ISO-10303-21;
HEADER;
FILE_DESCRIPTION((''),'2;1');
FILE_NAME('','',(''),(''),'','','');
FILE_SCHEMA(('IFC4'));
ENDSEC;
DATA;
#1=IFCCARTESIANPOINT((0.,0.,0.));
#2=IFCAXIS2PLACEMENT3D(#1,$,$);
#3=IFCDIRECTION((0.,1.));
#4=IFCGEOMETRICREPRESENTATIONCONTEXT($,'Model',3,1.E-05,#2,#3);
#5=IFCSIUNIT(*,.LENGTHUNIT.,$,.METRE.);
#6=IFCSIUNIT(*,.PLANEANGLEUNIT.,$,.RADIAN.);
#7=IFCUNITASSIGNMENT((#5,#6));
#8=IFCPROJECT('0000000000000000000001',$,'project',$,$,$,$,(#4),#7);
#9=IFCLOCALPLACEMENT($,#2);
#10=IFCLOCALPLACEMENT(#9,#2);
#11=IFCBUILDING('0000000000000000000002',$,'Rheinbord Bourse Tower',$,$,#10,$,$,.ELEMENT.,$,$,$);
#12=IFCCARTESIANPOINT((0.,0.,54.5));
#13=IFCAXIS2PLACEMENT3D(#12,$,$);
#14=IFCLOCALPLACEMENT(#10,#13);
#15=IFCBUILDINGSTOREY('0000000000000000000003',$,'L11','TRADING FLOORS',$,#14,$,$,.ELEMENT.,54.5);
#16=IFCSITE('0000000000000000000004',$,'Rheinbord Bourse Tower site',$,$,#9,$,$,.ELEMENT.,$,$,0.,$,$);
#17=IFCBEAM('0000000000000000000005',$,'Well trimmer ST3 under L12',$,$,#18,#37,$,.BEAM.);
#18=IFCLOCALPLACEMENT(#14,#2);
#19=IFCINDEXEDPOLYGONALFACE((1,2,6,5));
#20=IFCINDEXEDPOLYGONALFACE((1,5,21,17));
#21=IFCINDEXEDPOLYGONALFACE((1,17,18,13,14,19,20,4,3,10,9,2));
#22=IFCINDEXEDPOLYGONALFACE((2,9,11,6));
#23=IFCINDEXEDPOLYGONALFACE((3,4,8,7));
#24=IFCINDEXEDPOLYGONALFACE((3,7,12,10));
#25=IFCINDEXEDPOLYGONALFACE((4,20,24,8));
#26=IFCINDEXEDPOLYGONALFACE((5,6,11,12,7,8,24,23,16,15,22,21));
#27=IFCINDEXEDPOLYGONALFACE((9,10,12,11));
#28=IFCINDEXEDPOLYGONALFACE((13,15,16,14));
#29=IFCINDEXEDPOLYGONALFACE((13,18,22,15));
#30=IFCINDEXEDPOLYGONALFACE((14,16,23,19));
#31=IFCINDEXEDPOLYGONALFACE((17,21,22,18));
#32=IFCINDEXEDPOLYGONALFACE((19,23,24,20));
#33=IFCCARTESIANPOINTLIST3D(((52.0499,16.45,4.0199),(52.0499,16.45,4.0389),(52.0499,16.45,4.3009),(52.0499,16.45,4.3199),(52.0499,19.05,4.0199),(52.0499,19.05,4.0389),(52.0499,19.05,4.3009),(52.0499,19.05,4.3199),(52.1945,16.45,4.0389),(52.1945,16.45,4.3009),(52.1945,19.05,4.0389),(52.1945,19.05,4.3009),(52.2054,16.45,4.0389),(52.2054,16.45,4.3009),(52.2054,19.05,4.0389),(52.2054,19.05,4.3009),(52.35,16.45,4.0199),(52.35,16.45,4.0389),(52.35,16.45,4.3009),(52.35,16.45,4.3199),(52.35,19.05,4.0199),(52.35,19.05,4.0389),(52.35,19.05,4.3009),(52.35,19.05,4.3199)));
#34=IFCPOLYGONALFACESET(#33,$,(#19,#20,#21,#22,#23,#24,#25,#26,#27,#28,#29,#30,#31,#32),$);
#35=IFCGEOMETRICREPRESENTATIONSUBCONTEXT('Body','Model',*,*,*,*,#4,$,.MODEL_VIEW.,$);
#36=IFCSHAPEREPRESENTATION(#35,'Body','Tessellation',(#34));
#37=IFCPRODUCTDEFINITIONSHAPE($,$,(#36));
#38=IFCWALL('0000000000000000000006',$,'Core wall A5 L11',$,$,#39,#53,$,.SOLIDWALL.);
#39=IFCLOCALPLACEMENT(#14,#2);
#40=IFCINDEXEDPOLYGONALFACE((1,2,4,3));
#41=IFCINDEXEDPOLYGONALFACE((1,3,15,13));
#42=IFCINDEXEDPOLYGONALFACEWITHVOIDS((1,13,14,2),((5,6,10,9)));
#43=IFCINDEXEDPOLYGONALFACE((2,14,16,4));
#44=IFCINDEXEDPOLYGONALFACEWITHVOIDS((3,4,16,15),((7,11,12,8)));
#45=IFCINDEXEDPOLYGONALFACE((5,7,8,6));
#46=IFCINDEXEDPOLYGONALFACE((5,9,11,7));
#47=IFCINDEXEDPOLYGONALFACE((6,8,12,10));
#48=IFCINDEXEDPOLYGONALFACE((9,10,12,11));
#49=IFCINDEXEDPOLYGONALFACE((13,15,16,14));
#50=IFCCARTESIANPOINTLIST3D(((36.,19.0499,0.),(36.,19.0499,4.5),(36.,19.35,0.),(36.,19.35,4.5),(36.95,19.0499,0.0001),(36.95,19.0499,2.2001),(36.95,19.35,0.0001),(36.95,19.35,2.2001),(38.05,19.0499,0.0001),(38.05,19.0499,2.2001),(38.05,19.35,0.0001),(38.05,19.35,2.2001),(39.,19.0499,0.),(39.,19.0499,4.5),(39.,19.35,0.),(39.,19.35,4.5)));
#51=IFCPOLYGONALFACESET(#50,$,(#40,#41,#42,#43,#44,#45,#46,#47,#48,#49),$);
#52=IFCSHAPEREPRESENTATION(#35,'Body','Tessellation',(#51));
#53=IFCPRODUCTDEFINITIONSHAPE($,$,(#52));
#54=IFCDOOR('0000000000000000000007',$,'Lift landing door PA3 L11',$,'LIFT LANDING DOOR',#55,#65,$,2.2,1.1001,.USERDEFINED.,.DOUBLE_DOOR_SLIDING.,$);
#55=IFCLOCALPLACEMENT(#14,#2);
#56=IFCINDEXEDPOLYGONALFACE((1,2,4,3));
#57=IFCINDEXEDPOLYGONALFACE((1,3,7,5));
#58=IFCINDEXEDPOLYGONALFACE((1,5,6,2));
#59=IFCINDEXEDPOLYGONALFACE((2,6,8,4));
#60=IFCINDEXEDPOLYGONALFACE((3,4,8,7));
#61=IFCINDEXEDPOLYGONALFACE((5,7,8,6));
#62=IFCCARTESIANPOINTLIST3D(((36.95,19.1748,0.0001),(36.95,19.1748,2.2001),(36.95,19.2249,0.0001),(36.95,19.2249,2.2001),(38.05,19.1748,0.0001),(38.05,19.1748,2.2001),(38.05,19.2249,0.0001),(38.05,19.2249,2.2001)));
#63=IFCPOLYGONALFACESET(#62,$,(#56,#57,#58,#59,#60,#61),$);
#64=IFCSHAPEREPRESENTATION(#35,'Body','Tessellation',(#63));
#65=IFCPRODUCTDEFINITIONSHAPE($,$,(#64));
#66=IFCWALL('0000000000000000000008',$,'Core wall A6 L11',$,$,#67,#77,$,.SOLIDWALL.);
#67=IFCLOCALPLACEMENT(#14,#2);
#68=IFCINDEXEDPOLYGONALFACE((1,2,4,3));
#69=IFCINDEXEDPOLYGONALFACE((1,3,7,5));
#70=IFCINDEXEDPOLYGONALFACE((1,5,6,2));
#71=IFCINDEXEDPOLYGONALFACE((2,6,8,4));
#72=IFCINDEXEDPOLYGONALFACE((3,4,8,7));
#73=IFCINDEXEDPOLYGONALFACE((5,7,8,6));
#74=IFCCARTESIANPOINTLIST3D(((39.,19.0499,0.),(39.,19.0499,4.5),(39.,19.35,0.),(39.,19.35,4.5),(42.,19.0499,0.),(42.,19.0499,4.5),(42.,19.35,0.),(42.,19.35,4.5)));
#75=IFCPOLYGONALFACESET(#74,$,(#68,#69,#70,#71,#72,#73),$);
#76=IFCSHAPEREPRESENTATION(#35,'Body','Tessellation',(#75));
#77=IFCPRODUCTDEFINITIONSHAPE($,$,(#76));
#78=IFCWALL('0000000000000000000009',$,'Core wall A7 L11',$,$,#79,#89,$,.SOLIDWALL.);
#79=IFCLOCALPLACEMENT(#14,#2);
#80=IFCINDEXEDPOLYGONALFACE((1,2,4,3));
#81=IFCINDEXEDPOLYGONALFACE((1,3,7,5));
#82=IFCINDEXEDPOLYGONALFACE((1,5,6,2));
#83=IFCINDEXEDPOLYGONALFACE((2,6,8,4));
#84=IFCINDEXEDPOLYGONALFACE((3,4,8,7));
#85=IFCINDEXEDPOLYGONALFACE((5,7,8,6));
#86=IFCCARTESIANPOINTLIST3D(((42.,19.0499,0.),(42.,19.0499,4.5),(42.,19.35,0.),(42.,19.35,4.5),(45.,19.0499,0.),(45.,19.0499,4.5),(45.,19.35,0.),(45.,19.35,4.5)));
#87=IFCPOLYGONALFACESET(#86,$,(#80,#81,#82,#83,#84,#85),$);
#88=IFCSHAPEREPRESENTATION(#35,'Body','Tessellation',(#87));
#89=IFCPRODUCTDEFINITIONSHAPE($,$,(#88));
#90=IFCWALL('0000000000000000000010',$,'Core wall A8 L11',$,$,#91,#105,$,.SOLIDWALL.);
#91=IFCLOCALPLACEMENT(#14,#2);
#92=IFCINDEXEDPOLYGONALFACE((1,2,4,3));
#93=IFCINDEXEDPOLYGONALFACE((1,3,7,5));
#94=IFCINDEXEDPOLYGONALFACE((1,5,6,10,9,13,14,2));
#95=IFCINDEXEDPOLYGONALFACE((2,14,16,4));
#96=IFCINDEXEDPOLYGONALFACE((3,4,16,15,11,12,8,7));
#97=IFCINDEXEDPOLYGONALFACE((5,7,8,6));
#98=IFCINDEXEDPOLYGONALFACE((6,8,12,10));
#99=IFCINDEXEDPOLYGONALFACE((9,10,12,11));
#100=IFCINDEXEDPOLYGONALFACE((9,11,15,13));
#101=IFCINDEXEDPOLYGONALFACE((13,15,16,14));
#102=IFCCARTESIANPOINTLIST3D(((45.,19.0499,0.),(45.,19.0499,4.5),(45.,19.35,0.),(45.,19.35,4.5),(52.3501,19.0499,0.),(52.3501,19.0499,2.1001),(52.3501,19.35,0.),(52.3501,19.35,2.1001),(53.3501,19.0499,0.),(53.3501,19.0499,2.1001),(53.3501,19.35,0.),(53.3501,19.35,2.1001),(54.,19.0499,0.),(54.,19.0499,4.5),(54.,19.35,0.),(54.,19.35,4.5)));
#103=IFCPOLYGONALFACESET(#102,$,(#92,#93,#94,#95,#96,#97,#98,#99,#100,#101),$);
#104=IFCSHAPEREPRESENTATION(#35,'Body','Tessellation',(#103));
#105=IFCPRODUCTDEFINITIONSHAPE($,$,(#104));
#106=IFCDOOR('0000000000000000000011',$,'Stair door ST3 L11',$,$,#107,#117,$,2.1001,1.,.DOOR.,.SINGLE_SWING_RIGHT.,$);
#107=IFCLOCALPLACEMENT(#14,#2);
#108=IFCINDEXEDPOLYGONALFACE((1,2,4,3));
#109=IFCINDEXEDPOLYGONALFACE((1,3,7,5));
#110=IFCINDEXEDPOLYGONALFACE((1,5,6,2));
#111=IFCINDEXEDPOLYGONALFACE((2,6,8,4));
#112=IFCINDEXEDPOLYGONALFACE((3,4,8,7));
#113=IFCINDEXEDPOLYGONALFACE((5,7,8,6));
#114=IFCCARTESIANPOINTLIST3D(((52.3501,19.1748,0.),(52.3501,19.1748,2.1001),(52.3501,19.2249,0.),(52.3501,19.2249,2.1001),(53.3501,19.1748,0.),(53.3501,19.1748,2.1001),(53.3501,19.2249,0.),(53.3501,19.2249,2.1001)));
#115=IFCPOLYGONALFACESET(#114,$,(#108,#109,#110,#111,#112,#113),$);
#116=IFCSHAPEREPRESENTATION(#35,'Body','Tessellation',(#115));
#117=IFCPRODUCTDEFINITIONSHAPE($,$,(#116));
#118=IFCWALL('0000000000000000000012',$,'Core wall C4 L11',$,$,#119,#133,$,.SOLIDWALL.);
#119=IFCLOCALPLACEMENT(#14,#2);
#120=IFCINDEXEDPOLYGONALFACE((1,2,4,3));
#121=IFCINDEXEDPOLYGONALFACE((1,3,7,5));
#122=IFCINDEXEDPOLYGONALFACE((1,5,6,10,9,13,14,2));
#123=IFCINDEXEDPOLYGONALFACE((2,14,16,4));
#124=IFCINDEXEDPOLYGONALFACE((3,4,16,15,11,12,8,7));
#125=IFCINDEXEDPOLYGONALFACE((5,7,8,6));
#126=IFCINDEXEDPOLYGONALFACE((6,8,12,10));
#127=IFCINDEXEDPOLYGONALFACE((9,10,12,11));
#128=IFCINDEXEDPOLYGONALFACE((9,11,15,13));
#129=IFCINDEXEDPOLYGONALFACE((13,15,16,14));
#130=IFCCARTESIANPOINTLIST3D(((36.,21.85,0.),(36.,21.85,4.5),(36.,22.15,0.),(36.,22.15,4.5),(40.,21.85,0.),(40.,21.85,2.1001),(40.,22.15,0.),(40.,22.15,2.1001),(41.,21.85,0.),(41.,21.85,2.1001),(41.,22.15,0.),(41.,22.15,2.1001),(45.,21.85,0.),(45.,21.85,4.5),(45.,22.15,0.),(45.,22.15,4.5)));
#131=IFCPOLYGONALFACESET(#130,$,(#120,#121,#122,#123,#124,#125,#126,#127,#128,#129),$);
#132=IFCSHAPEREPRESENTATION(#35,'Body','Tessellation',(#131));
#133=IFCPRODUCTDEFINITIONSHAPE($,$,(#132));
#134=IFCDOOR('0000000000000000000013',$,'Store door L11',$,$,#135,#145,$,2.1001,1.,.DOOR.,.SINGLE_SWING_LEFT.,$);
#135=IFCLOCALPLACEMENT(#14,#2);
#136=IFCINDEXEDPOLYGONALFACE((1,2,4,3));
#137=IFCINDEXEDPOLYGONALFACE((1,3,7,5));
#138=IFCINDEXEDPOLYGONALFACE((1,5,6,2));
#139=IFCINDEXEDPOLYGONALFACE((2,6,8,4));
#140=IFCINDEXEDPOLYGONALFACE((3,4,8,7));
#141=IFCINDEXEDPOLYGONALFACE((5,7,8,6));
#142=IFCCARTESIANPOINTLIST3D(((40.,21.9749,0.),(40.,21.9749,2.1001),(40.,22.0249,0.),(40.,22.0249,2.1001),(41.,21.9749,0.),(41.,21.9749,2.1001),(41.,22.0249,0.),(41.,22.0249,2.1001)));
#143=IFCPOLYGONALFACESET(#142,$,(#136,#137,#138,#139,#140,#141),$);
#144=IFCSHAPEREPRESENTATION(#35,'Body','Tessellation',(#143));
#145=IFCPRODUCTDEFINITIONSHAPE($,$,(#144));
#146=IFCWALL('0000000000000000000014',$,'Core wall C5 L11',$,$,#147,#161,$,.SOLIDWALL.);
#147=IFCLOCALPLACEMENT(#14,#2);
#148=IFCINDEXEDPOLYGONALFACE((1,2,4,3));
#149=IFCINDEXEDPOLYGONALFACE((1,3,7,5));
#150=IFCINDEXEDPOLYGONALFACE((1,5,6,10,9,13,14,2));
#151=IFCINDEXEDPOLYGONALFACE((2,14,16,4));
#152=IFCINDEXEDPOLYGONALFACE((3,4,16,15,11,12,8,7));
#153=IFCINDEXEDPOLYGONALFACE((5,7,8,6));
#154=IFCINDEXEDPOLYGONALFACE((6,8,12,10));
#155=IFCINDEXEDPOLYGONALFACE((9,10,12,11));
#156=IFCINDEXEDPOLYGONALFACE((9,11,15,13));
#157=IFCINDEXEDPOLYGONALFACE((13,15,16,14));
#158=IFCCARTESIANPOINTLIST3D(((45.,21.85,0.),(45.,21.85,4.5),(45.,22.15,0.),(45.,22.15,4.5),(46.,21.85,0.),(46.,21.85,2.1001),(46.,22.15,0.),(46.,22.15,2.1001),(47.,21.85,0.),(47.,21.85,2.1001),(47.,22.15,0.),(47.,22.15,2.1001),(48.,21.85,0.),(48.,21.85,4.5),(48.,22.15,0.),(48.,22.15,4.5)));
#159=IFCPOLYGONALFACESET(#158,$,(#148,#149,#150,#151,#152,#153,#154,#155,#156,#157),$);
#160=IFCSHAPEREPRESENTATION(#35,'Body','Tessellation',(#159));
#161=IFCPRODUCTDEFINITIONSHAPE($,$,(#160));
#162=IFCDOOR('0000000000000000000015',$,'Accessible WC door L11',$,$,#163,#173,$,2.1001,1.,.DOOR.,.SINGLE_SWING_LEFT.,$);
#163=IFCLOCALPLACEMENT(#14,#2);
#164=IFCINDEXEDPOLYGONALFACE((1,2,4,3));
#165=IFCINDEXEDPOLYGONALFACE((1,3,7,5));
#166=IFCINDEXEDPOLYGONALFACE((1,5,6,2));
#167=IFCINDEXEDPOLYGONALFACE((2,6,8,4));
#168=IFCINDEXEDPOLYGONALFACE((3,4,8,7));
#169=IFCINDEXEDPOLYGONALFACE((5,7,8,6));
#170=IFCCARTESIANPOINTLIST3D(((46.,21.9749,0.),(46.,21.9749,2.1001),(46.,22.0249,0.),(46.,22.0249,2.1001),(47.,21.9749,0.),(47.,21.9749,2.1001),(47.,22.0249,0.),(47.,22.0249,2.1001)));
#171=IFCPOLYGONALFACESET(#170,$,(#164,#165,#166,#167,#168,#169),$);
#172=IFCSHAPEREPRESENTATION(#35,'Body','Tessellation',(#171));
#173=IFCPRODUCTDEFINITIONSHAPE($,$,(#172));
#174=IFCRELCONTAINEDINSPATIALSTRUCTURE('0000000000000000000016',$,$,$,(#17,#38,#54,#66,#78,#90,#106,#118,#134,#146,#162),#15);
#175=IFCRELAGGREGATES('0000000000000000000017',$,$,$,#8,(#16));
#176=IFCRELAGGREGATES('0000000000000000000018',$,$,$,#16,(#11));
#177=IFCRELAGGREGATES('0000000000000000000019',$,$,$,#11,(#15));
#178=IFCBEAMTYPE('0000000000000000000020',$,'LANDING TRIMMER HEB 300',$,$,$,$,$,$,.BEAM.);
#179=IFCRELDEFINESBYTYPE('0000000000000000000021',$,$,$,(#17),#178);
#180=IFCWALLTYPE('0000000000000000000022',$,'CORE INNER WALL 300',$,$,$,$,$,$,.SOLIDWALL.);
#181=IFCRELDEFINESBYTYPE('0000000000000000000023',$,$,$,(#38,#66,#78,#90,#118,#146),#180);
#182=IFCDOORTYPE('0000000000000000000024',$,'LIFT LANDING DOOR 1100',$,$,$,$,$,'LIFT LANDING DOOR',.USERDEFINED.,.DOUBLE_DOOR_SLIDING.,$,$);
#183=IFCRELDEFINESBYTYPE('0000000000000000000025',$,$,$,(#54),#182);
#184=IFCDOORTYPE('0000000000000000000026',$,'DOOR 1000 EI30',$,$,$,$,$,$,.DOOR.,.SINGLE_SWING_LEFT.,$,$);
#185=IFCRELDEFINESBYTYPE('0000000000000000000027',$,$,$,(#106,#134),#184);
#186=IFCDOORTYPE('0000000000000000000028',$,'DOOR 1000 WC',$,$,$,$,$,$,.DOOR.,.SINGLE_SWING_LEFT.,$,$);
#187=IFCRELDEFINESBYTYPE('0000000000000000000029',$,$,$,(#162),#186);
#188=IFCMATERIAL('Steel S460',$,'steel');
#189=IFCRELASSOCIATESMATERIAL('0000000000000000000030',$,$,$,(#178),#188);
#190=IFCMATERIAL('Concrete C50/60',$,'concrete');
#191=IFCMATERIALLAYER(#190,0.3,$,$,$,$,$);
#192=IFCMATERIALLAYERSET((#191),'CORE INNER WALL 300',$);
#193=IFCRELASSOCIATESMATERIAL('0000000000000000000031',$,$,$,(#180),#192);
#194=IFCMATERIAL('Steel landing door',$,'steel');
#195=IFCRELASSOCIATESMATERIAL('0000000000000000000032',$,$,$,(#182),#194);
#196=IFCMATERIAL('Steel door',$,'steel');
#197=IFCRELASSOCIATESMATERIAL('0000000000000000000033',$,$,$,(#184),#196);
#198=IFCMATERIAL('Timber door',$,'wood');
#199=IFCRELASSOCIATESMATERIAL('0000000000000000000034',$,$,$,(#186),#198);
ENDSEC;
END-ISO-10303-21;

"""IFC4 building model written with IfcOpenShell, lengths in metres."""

from ifc_helpers import new_model, si_unit, direction, frame, frame_2d, origin, origin_2d, place, context, subcontext, project, spatial, rectangle, i_section, extrude, material, layer, layer_set, material_profile, profile_set, type_object, element, fill, save


model = new_model("IFC4")

# Units and contexts
model_context = context("Model", 3, precision=1e-05, world=origin(), true_north=direction((0.0, 1.0)))
body_context = subcontext(model_context, "Body", "Model", "MODEL_VIEW")
ifc_project = project(units=[si_unit("LENGTHUNIT", "METRE"), si_unit("PLANEANGLEUNIT", "RADIAN")], contexts=[model_context])

# Site, building, storey
site_placement = place(None, origin())
site = spatial("IfcSite", under=ifc_project, at=site_placement, Name="Rheinbord Bourse Tower site", CompositionType="ELEMENT", RefElevation=0.0)
building_placement = place(site_placement, origin())
building = spatial("IfcBuilding", under=site, at=building_placement, Name="Rheinbord Bourse Tower", CompositionType="ELEMENT")
storey_placement = place(building_placement, frame((0.0, 0.0, 54.5)))
storey = spatial("IfcBuildingStorey", under=building, at=storey_placement, Name="L11", Description="TRADING FLOORS", CompositionType="ELEMENT", Elevation=54.5)

# Beam
ifc_material_1 = material(Name="Steel S460", Category="steel")
ifc_material_profile = material_profile(ifc_material_1, i_section(OverallWidth=0.3, OverallDepth=0.3, WebThickness=0.011, FlangeThickness=0.019, at=origin_2d()), Name="HEB 300")
ifc_profile_set = profile_set([ifc_material_profile], Name="Steel S460")
beam_type = type_object("IfcBeamType", Name="LANDING TRIMMER HEB 300", PredefinedType="BEAM", material=ifc_profile_set)
beam_placement = place(storey_placement, frame((52.2, 16.45, 4.1699), z_axis=(0.0, 1.0, 0.0), x_axis=(-1.0, 0.0, 0.0)))
element("IfcBeam", 1, at=beam_placement, inside=storey, type_object=beam_type, Name="Well trimmer ST3 under L12", PredefinedType="BEAM", context=body_context, shape_type="SweptSolid", body=[
    extrude(i_section(OverallWidth=0.3, OverallDepth=0.3, WebThickness=0.011, FlangeThickness=0.019, at=origin_2d()), origin(), (0.0, 0.0, 1.0), 2.6001),
])

# Wall, opening, door
ifc_material_2 = material(Name="Concrete C50/60", Category="concrete")
ifc_layer_1 = layer(ifc_material_2, 0.3)
ifc_layer_set_1 = layer_set([ifc_layer_1], Name="CORE INNER WALL 300")
wall_type_1 = type_object("IfcWallType", Name="CORE INNER WALL 300", PredefinedType="SOLIDWALL", material=ifc_layer_set_1)
wall_1_placement = place(storey_placement, frame((36.0, 19.2, 0.0), z_axis=(0.0, 0.0, 1.0), x_axis=(1.0, 0.0, 0.0)))
wall_1 = element("IfcWall", 2, at=wall_1_placement, inside=storey, type_object=wall_type_1, Name="Core wall A5 L11", PredefinedType="SOLIDWALL", context=body_context, shape_type="SweptSolid", body=[
    extrude(rectangle(XDim=3.0, YDim=0.3, at=frame_2d((1.5, 0.0))), origin(), (0.0, 0.0, 1.0), 4.5),
])
opening_1_placement = place(wall_1_placement, frame((0.95, 0.0, 0.0)))
opening_1 = element("IfcOpeningElement", 3, at=opening_1_placement, cuts=wall_1, PredefinedType="OPENING", context=body_context, shape_type="SweptSolid", body=[
    extrude(rectangle(XDim=1.1001, YDim=2.2, at=frame_2d((0.55, 1.1001))), frame((0.0, 0.1599, 0.0), z_axis=(0.0, -1.0, 0.0), x_axis=(1.0, 0.0, 0.0)), (0.0, 0.0, 1.0), 0.3201),
])
ifc_material_3 = material(Name="Steel landing door", Category="steel")
door_type_1 = type_object("IfcDoorType", Name="LIFT LANDING DOOR 1100", ElementType="LIFT LANDING DOOR", OperationType="DOUBLE_DOOR_SLIDING", PredefinedType="USERDEFINED", material=ifc_material_3)
door_1_placement = place(opening_1_placement, origin())
door_1 = element("IfcDoor", 4, at=door_1_placement, inside=storey, type_object=door_type_1, Name="Lift landing door PA3 L11", ObjectType="LIFT LANDING DOOR", OperationType="DOUBLE_DOOR_SLIDING", OverallHeight=2.2, OverallWidth=1.1001, PredefinedType="USERDEFINED", context=body_context, shape_type="SweptSolid", body=[
    extrude(rectangle(XDim=1.1001, YDim=2.2, at=frame_2d((0.55, 1.1001))), frame((0.0, 0.0249, 0.0), z_axis=(0.0, -1.0, 0.0), x_axis=(1.0, 0.0, 0.0)), (0.0, 0.0, 1.0), 0.05),
])
fill(opening_1, door_1)

# Walls
for number, where, z_axis, x_axis, name in (
    (5, (39.0, 19.2, 0.0), (0.0, 0.0, 1.0), (1.0, 0.0, 0.0), "Core wall A6 L11"),
    (6, (42.0, 19.2, 0.0), (0.0, 0.0, 1.0), (1.0, 0.0, 0.0), "Core wall A7 L11"),
):
    element("IfcWall", number, at=place(storey_placement, frame(where, z_axis=z_axis, x_axis=x_axis)), inside=storey, type_object=wall_type_1, Name=name, PredefinedType="SOLIDWALL", context=body_context, shape_type="SweptSolid", body=[
        extrude(rectangle(XDim=3.0, YDim=0.3, at=frame_2d((1.5, 0.0))), origin(), (0.0, 0.0, 1.0), 4.5),
    ])

# Walls, openings, doors
wall_2_placement = place(storey_placement, frame((45.0, 19.2, 0.0), z_axis=(0.0, 0.0, 1.0), x_axis=(1.0, 0.0, 0.0)))
wall_2 = element("IfcWall", 7, at=wall_2_placement, inside=storey, type_object=wall_type_1, Name="Core wall A8 L11", PredefinedType="SOLIDWALL", context=body_context, shape_type="SweptSolid", body=[
    extrude(rectangle(XDim=9.0, YDim=0.3, at=frame_2d((4.5, 0.0))), origin(), (0.0, 0.0, 1.0), 4.5),
])
opening_2_placement = place(wall_2_placement, frame((7.3501, 0.0, 0.0)))
opening_2 = element("IfcOpeningElement", 8, at=opening_2_placement, cuts=wall_2, PredefinedType="OPENING", context=body_context, shape_type="SweptSolid", body=[
    extrude(rectangle(XDim=1.0, YDim=2.1001, at=frame_2d((0.5, 1.05))), frame((0.0, 0.1599, 0.0), z_axis=(0.0, -1.0, 0.0), x_axis=(1.0, 0.0, 0.0)), (0.0, 0.0, 1.0), 0.3201),
])
ifc_material_4 = material(Name="Steel door", Category="steel")
door_type_2 = type_object("IfcDoorType", Name="DOOR 1000 EI30", OperationType="SINGLE_SWING_LEFT", PredefinedType="DOOR", material=ifc_material_4)
door_2_placement = place(opening_2_placement, origin())
door_2 = element("IfcDoor", 9, at=door_2_placement, inside=storey, type_object=door_type_2, Name="Stair door ST3 L11", OperationType="SINGLE_SWING_RIGHT", OverallHeight=2.1001, OverallWidth=1.0, PredefinedType="DOOR", context=body_context, shape_type="SweptSolid", body=[
    extrude(rectangle(XDim=1.0, YDim=2.1001, at=frame_2d((0.5, 1.05))), frame((0.0, 0.0249, 0.0), z_axis=(0.0, -1.0, 0.0), x_axis=(1.0, 0.0, 0.0)), (0.0, 0.0, 1.0), 0.05),
])
fill(opening_2, door_2)
wall_3_placement = place(storey_placement, frame((36.0, 22.0, 0.0), z_axis=(0.0, 0.0, 1.0), x_axis=(1.0, 0.0, 0.0)))
wall_3 = element("IfcWall", 10, at=wall_3_placement, inside=storey, type_object=wall_type_1, Name="Core wall C4 L11", PredefinedType="SOLIDWALL", context=body_context, shape_type="SweptSolid", body=[
    extrude(rectangle(XDim=9.0, YDim=0.3, at=frame_2d((4.5, 0.0))), origin(), (0.0, 0.0, 1.0), 4.5),
])
opening_3_placement = place(wall_3_placement, frame((4.0, 0.0, 0.0)))
opening_3 = element("IfcOpeningElement", 11, at=opening_3_placement, cuts=wall_3, PredefinedType="OPENING", context=body_context, shape_type="SweptSolid", body=[
    extrude(rectangle(XDim=1.0, YDim=2.1001, at=frame_2d((0.5, 1.05))), frame((0.0, 0.1599, 0.0), z_axis=(0.0, -1.0, 0.0), x_axis=(1.0, 0.0, 0.0)), (0.0, 0.0, 1.0), 0.3201),
])
door_3_placement = place(opening_3_placement, origin())
door_3 = element("IfcDoor", 12, at=door_3_placement, inside=storey, type_object=door_type_2, Name="Store door L11", OperationType="SINGLE_SWING_LEFT", OverallHeight=2.1001, OverallWidth=1.0, PredefinedType="DOOR", context=body_context, shape_type="SweptSolid", body=[
    extrude(rectangle(XDim=1.0, YDim=2.1001, at=frame_2d((0.5, 1.05))), frame((0.0, 0.0249, 0.0), z_axis=(0.0, -1.0, 0.0), x_axis=(1.0, 0.0, 0.0)), (0.0, 0.0, 1.0), 0.05),
])
fill(opening_3, door_3)
wall_4_placement = place(storey_placement, frame((45.0, 22.0, 0.0), z_axis=(0.0, 0.0, 1.0), x_axis=(1.0, 0.0, 0.0)))
wall_4 = element("IfcWall", 13, at=wall_4_placement, inside=storey, type_object=wall_type_1, Name="Core wall C5 L11", PredefinedType="SOLIDWALL", context=body_context, shape_type="SweptSolid", body=[
    extrude(rectangle(XDim=3.0, YDim=0.3, at=frame_2d((1.5, 0.0))), origin(), (0.0, 0.0, 1.0), 4.5),
])
opening_4_placement = place(wall_4_placement, frame((1.0, 0.0, 0.0)))
opening_4 = element("IfcOpeningElement", 14, at=opening_4_placement, cuts=wall_4, PredefinedType="OPENING", context=body_context, shape_type="SweptSolid", body=[
    extrude(rectangle(XDim=1.0, YDim=2.1001, at=frame_2d((0.5, 1.05))), frame((0.0, 0.1599, 0.0), z_axis=(0.0, -1.0, 0.0), x_axis=(1.0, 0.0, 0.0)), (0.0, 0.0, 1.0), 0.3201),
])
ifc_material_5 = material(Name="Timber door", Category="wood")
door_type_3 = type_object("IfcDoorType", Name="DOOR 1000 WC", OperationType="SINGLE_SWING_LEFT", PredefinedType="DOOR", material=ifc_material_5)
door_4_placement = place(opening_4_placement, origin())
door_4 = element("IfcDoor", 15, at=door_4_placement, inside=storey, type_object=door_type_3, Name="Accessible WC door L11", OperationType="SINGLE_SWING_LEFT", OverallHeight=2.1001, OverallWidth=1.0, PredefinedType="DOOR", context=body_context, shape_type="SweptSolid", body=[
    extrude(rectangle(XDim=1.0, YDim=2.1001, at=frame_2d((0.5, 1.05))), frame((0.0, 0.0249, 0.0), z_axis=(0.0, -1.0, 0.0), x_axis=(1.0, 0.0, 0.0)), (0.0, 0.0, 1.0), 0.05),
])
fill(opening_4, door_4)

save(model, "model.ifc")
